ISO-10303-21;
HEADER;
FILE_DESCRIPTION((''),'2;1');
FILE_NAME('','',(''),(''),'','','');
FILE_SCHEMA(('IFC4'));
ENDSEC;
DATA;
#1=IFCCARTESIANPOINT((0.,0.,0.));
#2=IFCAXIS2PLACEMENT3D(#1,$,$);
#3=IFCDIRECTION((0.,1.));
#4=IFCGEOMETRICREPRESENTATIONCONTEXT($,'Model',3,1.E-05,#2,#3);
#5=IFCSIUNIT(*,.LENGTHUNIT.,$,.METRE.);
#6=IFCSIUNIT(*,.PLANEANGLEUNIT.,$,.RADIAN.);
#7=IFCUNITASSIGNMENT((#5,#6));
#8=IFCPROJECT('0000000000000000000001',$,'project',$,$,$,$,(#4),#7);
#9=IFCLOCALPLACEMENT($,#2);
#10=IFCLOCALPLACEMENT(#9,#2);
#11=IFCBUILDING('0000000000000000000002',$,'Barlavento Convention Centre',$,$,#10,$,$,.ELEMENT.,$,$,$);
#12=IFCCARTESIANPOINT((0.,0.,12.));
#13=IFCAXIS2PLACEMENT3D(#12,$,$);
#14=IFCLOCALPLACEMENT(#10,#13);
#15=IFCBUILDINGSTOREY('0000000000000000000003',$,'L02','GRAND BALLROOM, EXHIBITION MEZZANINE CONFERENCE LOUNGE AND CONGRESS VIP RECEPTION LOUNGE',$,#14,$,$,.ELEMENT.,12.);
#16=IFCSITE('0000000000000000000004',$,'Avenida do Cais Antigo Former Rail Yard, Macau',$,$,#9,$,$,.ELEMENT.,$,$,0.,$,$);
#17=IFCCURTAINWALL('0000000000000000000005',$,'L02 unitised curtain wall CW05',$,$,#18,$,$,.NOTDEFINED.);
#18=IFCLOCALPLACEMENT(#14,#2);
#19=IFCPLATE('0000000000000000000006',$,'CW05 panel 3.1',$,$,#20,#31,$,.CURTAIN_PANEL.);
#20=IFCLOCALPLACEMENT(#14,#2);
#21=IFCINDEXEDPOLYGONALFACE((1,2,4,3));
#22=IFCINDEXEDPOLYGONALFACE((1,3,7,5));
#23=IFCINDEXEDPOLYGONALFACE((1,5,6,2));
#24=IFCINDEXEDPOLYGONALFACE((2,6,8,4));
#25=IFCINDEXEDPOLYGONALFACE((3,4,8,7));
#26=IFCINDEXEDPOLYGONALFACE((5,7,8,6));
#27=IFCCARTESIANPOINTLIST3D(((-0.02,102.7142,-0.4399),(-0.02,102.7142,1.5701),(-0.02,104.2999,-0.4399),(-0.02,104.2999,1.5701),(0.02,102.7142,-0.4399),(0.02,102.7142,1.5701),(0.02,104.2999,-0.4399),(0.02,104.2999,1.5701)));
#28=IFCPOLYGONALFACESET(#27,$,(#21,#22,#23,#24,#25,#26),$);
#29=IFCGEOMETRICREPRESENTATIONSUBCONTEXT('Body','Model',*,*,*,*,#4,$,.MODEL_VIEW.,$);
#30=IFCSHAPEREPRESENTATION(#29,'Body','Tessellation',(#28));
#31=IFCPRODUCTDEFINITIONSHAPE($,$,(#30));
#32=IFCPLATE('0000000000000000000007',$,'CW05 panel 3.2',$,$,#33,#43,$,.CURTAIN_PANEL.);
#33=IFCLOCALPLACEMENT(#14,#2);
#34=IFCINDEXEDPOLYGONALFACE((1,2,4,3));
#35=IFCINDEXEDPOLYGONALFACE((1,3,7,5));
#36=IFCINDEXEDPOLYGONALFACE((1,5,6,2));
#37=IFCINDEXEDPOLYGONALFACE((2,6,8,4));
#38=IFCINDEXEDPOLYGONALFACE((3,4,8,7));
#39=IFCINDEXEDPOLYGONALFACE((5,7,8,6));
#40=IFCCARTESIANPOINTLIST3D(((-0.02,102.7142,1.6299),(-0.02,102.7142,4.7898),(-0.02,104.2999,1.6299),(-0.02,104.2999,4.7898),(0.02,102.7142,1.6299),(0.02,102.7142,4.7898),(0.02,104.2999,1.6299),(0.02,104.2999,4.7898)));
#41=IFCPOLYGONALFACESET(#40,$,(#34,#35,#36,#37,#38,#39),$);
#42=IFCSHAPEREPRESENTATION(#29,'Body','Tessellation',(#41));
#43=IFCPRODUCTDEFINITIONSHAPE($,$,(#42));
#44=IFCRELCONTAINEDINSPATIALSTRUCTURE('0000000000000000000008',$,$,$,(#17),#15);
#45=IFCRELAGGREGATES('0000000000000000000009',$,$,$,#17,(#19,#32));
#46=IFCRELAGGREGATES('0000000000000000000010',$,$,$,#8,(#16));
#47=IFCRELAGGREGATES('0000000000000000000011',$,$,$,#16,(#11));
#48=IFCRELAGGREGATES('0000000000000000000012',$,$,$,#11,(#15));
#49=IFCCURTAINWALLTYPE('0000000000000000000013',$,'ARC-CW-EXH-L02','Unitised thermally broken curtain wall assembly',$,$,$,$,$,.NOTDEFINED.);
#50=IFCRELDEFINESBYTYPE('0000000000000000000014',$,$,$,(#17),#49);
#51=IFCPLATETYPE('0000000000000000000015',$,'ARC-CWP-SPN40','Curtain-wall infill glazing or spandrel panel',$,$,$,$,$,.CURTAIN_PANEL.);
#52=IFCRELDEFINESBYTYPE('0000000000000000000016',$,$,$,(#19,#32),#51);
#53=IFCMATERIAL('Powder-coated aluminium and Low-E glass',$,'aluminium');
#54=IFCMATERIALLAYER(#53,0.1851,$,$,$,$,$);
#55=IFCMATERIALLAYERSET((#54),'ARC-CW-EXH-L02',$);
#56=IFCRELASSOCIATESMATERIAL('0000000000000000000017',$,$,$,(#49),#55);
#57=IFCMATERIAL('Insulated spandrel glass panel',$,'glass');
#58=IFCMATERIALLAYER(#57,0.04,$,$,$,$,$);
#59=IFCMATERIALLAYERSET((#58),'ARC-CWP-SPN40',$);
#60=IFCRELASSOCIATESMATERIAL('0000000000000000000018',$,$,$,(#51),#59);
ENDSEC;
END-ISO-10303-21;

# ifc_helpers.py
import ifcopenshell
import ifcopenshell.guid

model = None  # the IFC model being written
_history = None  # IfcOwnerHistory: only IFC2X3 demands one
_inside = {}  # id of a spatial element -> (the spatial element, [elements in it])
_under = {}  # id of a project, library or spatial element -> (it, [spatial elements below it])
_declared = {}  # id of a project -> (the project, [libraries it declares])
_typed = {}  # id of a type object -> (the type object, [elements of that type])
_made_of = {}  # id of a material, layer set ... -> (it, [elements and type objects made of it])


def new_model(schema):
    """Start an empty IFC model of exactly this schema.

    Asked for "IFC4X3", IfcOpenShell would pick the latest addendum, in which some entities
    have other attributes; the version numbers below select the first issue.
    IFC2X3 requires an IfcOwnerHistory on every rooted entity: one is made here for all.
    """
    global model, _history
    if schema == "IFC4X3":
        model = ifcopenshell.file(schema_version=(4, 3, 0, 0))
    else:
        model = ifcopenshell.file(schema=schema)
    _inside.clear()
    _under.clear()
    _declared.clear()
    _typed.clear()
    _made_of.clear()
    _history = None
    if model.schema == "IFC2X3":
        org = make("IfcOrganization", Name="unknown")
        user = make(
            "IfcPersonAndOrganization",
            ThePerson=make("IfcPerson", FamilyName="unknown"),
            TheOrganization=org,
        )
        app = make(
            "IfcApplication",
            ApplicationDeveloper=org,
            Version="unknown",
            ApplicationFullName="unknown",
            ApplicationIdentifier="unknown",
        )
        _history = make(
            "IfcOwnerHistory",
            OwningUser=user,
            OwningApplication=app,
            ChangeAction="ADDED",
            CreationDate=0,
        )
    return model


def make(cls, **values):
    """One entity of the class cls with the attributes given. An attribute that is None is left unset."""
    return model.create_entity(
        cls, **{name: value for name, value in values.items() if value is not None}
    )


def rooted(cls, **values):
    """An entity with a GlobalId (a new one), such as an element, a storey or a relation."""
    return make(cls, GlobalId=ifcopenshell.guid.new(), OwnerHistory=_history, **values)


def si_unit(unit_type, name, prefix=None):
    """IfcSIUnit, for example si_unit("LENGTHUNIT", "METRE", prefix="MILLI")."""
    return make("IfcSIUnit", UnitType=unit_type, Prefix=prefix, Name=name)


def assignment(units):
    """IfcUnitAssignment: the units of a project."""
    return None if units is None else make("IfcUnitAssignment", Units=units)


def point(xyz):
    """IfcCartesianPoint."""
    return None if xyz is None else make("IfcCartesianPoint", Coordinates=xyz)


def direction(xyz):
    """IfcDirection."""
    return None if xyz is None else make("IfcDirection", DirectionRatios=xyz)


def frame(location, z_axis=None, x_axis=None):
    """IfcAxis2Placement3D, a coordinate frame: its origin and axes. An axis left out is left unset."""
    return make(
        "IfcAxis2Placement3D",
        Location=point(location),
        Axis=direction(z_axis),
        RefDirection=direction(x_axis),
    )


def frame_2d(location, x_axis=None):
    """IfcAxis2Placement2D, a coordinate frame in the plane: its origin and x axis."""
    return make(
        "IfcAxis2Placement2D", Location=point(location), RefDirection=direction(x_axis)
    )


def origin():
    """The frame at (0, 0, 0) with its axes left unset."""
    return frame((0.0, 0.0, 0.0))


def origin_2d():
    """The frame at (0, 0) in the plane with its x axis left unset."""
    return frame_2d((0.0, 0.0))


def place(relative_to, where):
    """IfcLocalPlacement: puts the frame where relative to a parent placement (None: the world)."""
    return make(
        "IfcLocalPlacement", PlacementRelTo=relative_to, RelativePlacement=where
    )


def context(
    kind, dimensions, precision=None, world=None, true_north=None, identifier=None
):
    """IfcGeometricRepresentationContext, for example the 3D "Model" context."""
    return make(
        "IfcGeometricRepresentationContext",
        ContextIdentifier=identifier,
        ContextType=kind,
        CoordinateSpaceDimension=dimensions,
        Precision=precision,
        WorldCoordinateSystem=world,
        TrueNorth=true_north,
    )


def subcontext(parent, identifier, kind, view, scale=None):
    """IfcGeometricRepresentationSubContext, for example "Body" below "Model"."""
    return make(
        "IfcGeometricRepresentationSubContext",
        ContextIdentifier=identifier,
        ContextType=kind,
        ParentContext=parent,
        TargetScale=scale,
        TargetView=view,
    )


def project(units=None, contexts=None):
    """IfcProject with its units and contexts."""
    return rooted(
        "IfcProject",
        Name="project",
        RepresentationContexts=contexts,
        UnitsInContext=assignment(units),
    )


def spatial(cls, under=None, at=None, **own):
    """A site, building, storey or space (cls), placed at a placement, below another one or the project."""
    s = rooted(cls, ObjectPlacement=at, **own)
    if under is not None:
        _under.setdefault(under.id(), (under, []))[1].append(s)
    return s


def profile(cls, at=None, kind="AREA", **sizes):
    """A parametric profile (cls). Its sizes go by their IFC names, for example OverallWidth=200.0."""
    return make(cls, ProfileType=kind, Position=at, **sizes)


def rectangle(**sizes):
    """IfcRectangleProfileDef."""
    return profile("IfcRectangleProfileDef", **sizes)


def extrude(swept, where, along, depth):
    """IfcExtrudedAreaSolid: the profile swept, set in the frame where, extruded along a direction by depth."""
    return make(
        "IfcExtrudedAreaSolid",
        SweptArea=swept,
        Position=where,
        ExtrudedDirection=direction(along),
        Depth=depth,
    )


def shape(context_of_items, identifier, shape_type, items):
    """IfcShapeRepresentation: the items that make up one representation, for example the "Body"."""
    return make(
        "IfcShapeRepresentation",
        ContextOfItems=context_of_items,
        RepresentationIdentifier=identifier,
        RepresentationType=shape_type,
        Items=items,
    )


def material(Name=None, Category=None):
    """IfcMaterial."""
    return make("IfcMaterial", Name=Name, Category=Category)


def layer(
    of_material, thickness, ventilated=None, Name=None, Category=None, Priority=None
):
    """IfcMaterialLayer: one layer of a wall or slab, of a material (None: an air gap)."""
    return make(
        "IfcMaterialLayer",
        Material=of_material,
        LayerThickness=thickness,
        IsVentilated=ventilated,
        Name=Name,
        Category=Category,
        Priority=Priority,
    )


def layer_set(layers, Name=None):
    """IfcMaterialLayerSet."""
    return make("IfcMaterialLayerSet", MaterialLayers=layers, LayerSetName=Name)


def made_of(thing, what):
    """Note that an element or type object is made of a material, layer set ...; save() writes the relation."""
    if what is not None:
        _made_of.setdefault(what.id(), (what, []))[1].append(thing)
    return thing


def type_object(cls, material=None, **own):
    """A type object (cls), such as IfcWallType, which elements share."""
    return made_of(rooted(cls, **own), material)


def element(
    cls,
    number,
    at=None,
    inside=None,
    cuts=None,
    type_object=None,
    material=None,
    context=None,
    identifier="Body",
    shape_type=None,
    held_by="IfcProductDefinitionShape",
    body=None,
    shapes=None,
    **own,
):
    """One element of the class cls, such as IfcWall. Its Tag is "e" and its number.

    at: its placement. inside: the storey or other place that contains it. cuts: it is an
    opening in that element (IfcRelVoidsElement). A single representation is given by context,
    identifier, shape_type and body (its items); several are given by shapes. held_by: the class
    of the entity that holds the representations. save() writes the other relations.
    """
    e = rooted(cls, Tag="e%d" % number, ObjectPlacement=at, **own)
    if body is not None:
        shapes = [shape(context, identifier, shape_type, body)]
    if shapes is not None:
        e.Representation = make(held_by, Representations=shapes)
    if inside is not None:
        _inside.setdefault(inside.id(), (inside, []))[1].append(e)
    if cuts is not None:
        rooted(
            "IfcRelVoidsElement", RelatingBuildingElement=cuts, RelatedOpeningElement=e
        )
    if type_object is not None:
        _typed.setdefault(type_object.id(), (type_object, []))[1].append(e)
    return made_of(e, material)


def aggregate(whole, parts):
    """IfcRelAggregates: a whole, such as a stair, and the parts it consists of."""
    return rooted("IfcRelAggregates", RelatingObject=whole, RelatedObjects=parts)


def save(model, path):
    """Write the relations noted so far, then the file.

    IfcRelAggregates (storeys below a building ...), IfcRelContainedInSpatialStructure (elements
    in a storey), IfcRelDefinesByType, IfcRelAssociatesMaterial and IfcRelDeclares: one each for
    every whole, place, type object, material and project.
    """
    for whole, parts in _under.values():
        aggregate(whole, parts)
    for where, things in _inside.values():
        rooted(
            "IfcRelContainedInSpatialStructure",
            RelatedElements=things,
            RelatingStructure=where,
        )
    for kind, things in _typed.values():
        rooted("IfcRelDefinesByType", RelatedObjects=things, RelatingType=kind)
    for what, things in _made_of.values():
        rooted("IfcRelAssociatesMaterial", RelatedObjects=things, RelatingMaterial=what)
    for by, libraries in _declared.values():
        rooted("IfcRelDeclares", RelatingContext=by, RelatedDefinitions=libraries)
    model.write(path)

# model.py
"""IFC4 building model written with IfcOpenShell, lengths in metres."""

from ifc_helpers import new_model, si_unit, direction, frame, origin, origin_2d, place, context, subcontext, project, spatial, rectangle, extrude, material, layer, layer_set, type_object, element, aggregate, save


model = new_model("IFC4")

# Units and contexts
model_context = context("Model", 3, precision=1e-05, world=origin(), true_north=direction((0.0, 1.0)))
body_context = subcontext(model_context, "Body", "Model", "MODEL_VIEW")
ifc_project = project(units=[si_unit("LENGTHUNIT", "METRE"), si_unit("PLANEANGLEUNIT", "RADIAN")], contexts=[model_context])

# Site, building, storey
site_placement = place(None, origin())
site = spatial("IfcSite", under=ifc_project, at=site_placement, Name="Avenida do Cais Antigo Former Rail Yard, Macau", CompositionType="ELEMENT", RefElevation=0.0)
building_placement = place(site_placement, origin())
building = spatial("IfcBuilding", under=site, at=building_placement, Name="Barlavento Convention Centre", CompositionType="ELEMENT")
storey_placement = place(building_placement, frame((0.0, 0.0, 12.0)))
storey = spatial("IfcBuildingStorey", under=building, at=storey_placement, Name="L02", Description="GRAND BALLROOM, EXHIBITION MEZZANINE CONFERENCE LOUNGE AND CONGRESS VIP RECEPTION LOUNGE", CompositionType="ELEMENT", Elevation=12.0)

# Curtain wall
ifc_material_1 = material(Name="Powder-coated aluminium and Low-E glass", Category="aluminium")
ifc_layer_1 = layer(ifc_material_1, 0.1851)
ifc_layer_set_1 = layer_set([ifc_layer_1], Name="ARC-CW-EXH-L02")
curtain_wall_type = type_object("IfcCurtainWallType", Name="ARC-CW-EXH-L02", Description="Unitised thermally broken curtain wall assembly", PredefinedType="NOTDEFINED", material=ifc_layer_set_1)
curtain_wall_placement = place(storey_placement, origin())
curtain_wall = element("IfcCurtainWall", 1, at=curtain_wall_placement, inside=storey, type_object=curtain_wall_type, Name="L02 unitised curtain wall CW05", PredefinedType="NOTDEFINED")

# Plates
ifc_material_2 = material(Name="Insulated spandrel glass panel", Category="glass")
ifc_layer_2 = layer(ifc_material_2, 0.04)
ifc_layer_set_2 = layer_set([ifc_layer_2], Name="ARC-CWP-SPN40")
plate_type = type_object("IfcPlateType", Name="ARC-CWP-SPN40", Description="Curtain-wall infill glazing or spandrel panel", PredefinedType="CURTAIN_PANEL", material=ifc_layer_set_2)
plate_1_placement = place(storey_placement, frame((0.0, 103.5071, -0.4399), z_axis=(0.0, 0.0, 1.0), x_axis=(0.0, 1.0, 0.0)))
plate_1 = element("IfcPlate", 2, at=plate_1_placement, type_object=plate_type, Name="CW05 panel 3.1", PredefinedType="CURTAIN_PANEL", context=body_context, shape_type="SweptSolid", body=[
    extrude(rectangle(XDim=1.5857, YDim=0.04, at=origin_2d()), origin(), (0.0, 0.0, 1.0), 2.01),
])
plate_2_placement = place(storey_placement, frame((0.0, 103.5071, 1.6299), z_axis=(0.0, 0.0, 1.0), x_axis=(0.0, 1.0, 0.0)))
plate_2 = element("IfcPlate", 3, at=plate_2_placement, type_object=plate_type, Name="CW05 panel 3.2", PredefinedType="CURTAIN_PANEL", context=body_context, shape_type="SweptSolid", body=[
    extrude(rectangle(XDim=1.5857, YDim=0.04, at=origin_2d()), origin(), (0.0, 0.0, 1.0), 3.1599),
])
aggregate(curtain_wall, [plate_1, plate_2])

save(model, "model.ifc")
